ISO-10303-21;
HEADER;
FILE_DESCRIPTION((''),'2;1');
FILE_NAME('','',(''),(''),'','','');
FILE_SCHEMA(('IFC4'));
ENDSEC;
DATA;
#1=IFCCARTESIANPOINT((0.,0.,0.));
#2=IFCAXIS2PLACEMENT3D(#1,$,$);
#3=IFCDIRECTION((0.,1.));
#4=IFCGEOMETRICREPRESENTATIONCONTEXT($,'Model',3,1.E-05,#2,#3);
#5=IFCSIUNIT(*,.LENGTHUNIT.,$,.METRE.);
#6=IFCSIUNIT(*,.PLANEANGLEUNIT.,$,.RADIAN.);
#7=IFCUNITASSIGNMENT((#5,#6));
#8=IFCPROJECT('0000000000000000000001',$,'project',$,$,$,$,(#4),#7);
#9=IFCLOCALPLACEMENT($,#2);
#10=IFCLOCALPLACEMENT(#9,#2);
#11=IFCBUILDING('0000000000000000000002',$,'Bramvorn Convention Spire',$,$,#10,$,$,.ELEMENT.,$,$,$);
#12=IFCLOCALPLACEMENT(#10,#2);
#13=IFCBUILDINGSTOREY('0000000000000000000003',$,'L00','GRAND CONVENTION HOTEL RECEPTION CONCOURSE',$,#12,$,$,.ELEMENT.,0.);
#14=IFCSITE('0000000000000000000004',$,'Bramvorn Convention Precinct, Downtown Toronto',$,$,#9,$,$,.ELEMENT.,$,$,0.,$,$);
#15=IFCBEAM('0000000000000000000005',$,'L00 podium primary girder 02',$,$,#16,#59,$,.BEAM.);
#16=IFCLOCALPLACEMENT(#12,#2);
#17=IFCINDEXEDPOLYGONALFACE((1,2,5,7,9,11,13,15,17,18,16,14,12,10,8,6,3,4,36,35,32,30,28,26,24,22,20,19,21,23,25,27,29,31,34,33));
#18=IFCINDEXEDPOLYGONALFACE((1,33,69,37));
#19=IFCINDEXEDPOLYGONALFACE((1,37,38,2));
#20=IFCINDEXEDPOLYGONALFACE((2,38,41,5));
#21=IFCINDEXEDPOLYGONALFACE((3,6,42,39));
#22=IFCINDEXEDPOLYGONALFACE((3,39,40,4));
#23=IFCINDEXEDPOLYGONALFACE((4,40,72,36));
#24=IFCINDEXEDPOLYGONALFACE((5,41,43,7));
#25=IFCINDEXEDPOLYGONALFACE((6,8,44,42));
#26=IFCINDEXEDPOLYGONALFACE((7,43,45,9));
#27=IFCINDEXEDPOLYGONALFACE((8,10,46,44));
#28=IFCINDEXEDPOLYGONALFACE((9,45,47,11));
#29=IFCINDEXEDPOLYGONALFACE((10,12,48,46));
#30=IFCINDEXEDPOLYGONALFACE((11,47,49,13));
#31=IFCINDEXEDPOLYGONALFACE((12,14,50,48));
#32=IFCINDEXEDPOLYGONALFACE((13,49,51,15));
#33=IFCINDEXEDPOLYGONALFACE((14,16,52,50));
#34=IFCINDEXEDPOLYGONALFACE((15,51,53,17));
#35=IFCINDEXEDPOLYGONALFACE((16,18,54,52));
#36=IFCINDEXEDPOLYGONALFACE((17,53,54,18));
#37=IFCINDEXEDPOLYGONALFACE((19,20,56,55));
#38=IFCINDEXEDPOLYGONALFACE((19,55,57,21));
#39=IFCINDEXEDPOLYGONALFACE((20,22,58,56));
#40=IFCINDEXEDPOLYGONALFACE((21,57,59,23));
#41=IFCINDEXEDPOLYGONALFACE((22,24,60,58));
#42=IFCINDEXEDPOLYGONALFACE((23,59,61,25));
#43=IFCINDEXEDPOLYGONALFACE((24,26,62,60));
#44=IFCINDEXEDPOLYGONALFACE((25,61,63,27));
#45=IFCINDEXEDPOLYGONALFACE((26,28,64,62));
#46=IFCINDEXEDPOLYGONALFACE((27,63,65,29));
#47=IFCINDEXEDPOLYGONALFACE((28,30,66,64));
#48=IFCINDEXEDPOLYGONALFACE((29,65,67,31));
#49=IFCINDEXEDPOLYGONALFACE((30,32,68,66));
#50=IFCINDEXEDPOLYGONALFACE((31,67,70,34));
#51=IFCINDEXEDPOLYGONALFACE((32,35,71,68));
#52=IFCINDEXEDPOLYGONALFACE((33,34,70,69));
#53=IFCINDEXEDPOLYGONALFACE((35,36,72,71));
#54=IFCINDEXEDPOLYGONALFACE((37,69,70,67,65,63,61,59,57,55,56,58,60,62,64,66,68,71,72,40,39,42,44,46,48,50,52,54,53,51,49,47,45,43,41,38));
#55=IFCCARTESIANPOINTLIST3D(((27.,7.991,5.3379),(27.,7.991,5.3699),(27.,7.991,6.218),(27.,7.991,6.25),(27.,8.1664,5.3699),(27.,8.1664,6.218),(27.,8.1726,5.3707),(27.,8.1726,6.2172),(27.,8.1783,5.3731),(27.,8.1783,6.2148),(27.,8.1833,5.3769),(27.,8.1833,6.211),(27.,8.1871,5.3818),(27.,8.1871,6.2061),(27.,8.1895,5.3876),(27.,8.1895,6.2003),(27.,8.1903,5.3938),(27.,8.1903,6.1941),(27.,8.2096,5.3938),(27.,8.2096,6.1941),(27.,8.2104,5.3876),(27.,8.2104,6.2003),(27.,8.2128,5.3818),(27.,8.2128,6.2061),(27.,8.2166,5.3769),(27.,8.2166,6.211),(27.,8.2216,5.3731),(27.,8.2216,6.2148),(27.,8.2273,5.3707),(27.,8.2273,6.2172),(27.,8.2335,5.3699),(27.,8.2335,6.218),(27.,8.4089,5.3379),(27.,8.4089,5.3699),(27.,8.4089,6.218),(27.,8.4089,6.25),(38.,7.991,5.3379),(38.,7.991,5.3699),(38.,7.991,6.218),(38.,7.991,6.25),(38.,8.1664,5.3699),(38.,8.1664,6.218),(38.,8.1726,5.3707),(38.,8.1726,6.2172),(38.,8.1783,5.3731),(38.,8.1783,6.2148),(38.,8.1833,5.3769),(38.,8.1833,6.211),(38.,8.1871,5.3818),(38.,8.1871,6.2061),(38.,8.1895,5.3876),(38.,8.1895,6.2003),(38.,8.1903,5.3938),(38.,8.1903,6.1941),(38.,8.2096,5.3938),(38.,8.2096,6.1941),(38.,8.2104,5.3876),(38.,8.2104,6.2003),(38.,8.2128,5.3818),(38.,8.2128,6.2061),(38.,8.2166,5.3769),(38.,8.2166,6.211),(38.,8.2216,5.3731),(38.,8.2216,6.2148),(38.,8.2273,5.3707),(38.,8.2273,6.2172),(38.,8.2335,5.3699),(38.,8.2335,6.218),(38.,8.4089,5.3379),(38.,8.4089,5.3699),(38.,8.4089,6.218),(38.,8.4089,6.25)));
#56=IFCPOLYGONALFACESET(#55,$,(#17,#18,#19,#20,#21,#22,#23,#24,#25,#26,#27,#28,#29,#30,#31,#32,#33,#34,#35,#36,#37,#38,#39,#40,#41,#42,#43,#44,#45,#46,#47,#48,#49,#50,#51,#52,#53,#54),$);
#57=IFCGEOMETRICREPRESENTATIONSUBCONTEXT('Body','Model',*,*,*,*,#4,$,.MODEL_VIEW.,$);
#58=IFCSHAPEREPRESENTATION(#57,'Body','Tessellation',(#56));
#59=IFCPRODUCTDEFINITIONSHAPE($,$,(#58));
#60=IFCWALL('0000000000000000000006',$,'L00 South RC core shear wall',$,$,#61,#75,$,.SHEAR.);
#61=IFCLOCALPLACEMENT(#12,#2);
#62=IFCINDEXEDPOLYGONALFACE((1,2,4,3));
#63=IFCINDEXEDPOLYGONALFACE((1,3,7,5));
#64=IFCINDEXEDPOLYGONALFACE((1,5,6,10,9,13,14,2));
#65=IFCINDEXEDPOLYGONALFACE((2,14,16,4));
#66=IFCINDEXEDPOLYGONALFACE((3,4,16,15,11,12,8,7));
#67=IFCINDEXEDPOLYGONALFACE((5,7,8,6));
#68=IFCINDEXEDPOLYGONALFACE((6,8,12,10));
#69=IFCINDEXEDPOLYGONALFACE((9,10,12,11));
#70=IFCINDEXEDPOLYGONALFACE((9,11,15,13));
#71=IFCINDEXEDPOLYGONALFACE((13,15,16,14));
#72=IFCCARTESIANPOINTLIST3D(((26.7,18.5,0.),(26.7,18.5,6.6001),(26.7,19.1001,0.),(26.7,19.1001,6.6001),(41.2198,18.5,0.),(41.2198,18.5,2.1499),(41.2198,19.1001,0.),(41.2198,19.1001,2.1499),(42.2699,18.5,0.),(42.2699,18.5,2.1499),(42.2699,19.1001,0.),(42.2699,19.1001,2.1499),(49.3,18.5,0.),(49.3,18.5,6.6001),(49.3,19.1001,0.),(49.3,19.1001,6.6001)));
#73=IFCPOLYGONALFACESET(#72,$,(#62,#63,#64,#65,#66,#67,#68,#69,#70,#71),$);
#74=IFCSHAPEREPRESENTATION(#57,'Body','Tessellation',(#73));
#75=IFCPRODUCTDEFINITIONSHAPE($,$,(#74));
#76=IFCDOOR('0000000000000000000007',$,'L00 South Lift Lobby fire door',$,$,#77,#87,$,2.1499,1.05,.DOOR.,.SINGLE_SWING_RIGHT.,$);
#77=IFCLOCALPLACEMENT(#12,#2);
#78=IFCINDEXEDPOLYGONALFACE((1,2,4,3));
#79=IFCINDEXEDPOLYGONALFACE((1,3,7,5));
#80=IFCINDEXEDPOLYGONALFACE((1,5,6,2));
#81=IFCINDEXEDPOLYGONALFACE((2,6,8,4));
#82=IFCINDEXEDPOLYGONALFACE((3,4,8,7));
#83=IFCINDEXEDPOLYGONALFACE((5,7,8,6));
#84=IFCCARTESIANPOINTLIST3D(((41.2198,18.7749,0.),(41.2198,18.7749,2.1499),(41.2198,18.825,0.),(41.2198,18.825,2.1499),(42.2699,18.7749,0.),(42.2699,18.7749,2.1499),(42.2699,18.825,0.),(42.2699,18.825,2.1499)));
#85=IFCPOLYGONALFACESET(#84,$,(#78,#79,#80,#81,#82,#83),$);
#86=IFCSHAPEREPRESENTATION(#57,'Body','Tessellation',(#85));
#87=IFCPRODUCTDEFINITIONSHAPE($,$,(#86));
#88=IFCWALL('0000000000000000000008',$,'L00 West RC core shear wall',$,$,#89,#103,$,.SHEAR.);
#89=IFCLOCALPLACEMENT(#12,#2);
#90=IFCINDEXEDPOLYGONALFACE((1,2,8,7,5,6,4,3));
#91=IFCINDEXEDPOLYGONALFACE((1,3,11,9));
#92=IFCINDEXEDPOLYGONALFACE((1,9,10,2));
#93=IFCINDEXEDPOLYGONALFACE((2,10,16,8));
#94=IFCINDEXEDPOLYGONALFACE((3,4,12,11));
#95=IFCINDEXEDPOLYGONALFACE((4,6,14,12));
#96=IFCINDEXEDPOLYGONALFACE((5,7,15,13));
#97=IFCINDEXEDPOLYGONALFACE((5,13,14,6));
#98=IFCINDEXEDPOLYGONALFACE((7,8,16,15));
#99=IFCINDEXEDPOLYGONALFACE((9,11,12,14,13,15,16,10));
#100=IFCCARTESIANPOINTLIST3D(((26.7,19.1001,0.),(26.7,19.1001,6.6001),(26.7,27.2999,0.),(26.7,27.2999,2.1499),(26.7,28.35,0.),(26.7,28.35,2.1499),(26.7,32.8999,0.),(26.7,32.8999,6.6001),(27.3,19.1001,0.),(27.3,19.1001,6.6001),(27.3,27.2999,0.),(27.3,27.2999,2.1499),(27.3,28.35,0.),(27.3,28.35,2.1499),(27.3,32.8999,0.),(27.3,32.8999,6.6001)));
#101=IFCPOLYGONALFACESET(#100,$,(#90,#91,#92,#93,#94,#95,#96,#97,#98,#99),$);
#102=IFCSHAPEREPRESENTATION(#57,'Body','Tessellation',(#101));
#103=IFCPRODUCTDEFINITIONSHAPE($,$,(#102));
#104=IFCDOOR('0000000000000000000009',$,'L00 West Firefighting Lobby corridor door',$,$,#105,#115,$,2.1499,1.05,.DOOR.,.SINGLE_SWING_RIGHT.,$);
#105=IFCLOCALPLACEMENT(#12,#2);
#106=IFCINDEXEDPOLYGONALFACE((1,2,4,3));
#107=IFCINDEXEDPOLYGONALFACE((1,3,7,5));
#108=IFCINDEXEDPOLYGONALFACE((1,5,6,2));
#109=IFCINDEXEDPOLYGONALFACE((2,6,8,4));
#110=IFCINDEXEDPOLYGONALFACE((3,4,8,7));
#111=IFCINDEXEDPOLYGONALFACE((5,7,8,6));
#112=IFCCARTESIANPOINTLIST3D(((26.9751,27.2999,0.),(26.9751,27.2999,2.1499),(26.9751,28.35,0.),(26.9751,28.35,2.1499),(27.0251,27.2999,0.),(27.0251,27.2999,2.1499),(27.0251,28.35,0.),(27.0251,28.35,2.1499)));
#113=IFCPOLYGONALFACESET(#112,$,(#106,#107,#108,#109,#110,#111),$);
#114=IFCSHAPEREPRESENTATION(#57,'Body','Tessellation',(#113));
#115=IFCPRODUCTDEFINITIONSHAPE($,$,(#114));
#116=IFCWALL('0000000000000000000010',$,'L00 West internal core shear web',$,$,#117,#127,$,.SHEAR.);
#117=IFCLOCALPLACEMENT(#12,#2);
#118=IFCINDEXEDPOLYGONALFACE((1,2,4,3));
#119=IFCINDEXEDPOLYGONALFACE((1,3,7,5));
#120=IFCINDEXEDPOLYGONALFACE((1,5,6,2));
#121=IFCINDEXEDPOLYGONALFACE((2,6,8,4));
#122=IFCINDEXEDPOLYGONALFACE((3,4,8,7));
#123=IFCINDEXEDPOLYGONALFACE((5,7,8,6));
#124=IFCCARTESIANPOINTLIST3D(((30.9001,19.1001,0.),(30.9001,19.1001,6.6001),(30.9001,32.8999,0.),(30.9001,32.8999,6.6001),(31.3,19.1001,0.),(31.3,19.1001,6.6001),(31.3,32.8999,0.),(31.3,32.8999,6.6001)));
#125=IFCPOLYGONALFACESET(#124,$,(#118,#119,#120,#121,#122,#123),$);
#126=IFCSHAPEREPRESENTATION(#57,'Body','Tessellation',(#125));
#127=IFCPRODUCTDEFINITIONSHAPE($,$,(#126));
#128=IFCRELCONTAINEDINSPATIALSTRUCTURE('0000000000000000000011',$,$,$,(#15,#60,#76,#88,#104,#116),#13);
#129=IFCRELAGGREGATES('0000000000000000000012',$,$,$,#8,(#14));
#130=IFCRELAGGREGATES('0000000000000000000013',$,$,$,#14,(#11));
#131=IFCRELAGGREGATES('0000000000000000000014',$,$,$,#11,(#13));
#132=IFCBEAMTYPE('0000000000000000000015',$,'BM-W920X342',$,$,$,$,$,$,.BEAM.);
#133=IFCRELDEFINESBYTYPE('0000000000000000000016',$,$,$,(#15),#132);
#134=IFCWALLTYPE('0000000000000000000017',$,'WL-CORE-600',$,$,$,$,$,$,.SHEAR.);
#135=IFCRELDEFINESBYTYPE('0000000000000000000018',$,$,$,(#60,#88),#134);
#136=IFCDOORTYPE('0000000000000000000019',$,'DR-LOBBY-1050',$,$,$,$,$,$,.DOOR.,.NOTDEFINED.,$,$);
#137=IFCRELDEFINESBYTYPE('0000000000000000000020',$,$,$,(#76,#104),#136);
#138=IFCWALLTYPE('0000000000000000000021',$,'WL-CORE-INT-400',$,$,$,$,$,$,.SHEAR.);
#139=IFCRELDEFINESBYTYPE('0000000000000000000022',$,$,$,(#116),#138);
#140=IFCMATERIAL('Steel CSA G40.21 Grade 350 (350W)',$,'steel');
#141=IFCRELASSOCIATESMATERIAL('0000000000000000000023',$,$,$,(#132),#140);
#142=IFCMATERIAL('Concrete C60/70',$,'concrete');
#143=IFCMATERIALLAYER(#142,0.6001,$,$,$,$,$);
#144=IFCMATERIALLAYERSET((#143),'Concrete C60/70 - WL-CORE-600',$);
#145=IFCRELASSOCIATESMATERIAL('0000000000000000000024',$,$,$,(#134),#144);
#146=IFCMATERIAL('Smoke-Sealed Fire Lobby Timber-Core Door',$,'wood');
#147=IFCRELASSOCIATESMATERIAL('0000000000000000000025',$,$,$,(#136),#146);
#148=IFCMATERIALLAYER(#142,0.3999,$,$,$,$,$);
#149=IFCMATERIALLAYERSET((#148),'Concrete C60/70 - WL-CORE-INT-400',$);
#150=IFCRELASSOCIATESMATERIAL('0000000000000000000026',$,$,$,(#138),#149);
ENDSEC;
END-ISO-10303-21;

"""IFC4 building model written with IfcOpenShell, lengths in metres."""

from ifc_helpers import new_model, si_unit, direction, frame, frame_2d, origin, origin_2d, place, context, subcontext, project, spatial, rectangle, i_section, extrude, material, layer, layer_set, material_profile, profile_set, type_object, element, fill, save


model = new_model("IFC4")

# Units and contexts
model_context = context("Model", 3, precision=1e-05, world=origin(), true_north=direction((0.0, 1.0)))
body_context = subcontext(model_context, "Body", "Model", "MODEL_VIEW")
ifc_project = project(units=[si_unit("LENGTHUNIT", "METRE"), si_unit("PLANEANGLEUNIT", "RADIAN")], contexts=[model_context])

# Site, building, storey
site_placement = place(None, origin())
site = spatial("IfcSite", under=ifc_project, at=site_placement, Name="Bramvorn Convention Precinct, Downtown Toronto", CompositionType="ELEMENT", RefElevation=0.0)
building_placement = place(site_placement, origin())
building = spatial("IfcBuilding", under=site, at=building_placement, Name="Bramvorn Convention Spire", CompositionType="ELEMENT")
storey_placement = place(building_placement, origin())
storey = spatial("IfcBuildingStorey", under=building, at=storey_placement, Name="L00", Description="GRAND CONVENTION HOTEL RECEPTION CONCOURSE", CompositionType="ELEMENT", Elevation=0.0)

# Shared definitions
ifc_material_1 = material(Name="Steel CSA G40.21 Grade 350 (350W)", Category="steel")

# Beam
ifc_material_profile_1 = material_profile(ifc_material_1, i_section(OverallWidth=0.418, OverallDepth=0.9121, WebThickness=0.0193, FlangeThickness=0.032, FilletRadius=0.0239, at=origin_2d()))
ifc_profile_set_1 = profile_set([ifc_material_profile_1], Name="Steel CSA G40.21 Grade 350 (350W) - W920X342")
beam_type_1 = type_object("IfcBeamType", Name="BM-W920X342", PredefinedType="BEAM", material=ifc_profile_set_1)
beam_1_placement = place(storey_placement, frame((27.0, 8.2, 5.7939), z_axis=(1.0, 0.0, 0.0), x_axis=(0.0, 1.0, 0.0)))
element("IfcBeam", 1, at=beam_1_placement, inside=storey, type_object=beam_type_1, Name="L00 podium primary girder 02", PredefinedType="BEAM", context=body_context, shape_type="SweptSolid", body=[
    extrude(i_section(OverallWidth=0.418, OverallDepth=0.9121, WebThickness=0.0193, FlangeThickness=0.032, FilletRadius=0.0239, at=origin_2d()), origin(), (0.0, 0.0, 1.0), 11.0),
])

# Walls, openings, doors
ifc_material_2 = material(Name="Concrete C60/70", Category="concrete")
ifc_layer_1 = layer(ifc_material_2, 0.6001)
ifc_layer_set_1 = layer_set([ifc_layer_1], Name="Concrete C60/70 - WL-CORE-600")
wall_type_1 = type_object("IfcWallType", Name="WL-CORE-600", PredefinedType="SHEAR", material=ifc_layer_set_1)
wall_1_placement = place(storey_placement, frame((26.7, 18.8, 0.0), z_axis=(0.0, 0.0, 1.0), x_axis=(1.0, 0.0, 0.0)))
wall_1 = element("IfcWall", 2, at=wall_1_placement, inside=storey, type_object=wall_type_1, Name="L00 South RC core shear wall", PredefinedType="SHEAR", context=body_context, shape_type="SweptSolid", body=[
    extrude(rectangle(XDim=22.6001, YDim=0.6001, at=frame_2d((11.3, 0.0))), origin(), (0.0, 0.0, 1.0), 6.6001),
])
opening_1_placement = place(wall_1_placement, frame((14.52, 0.0, 0.0)))
opening_1 = element("IfcOpeningElement", 3, at=opening_1_placement, cuts=wall_1, PredefinedType="OPENING", context=body_context, shape_type="SweptSolid", body=[
    extrude(rectangle(XDim=1.05, YDim=2.1499, at=frame_2d((0.5249, 1.075))), frame((0.0, 0.3101, 0.0), z_axis=(0.0, -1.0, 0.0), x_axis=(1.0, 0.0, 0.0)), (0.0, 0.0, 1.0), 0.6201),
])
ifc_material_3 = material(Name="Smoke-Sealed Fire Lobby Timber-Core Door", Category="wood")
door_type_1 = type_object("IfcDoorType", Name="DR-LOBBY-1050", OperationType="NOTDEFINED", PredefinedType="DOOR", material=ifc_material_3)
door_1_placement = place(opening_1_placement, origin())
door_1 = element("IfcDoor", 4, at=door_1_placement, inside=storey, type_object=door_type_1, Name="L00 South Lift Lobby fire door", OperationType="SINGLE_SWING_RIGHT", OverallHeight=2.1499, OverallWidth=1.05, PredefinedType="DOOR", context=body_context, shape_type="SweptSolid", body=[
    extrude(rectangle(XDim=1.05, YDim=2.1499, at=frame_2d((0.5249, 1.075))), frame((0.0, 0.0249, 0.0), z_axis=(0.0, -1.0, 0.0), x_axis=(1.0, 0.0, 0.0)), (0.0, 0.0, 1.0), 0.05),
])
fill(opening_1, door_1)
wall_2_placement = place(storey_placement, frame((27.0, 19.1001, 0.0), z_axis=(0.0, 0.0, 1.0), x_axis=(0.0, 1.0, 0.0)))
wall_2 = element("IfcWall", 5, at=wall_2_placement, inside=storey, type_object=wall_type_1, Name="L00 West RC core shear wall", PredefinedType="SHEAR", context=body_context, shape_type="SweptSolid", body=[
    extrude(rectangle(XDim=13.7998, YDim=0.6001, at=frame_2d((6.8999, 0.0))), origin(), (0.0, 0.0, 1.0), 6.6001),
])
opening_2_placement = place(wall_2_placement, frame((8.2, 0.0, 0.0)))
opening_2 = element("IfcOpeningElement", 6, at=opening_2_placement, cuts=wall_2, PredefinedType="OPENING", context=body_context, shape_type="SweptSolid", body=[
    extrude(rectangle(XDim=1.05, YDim=2.1499, at=frame_2d((0.5249, 1.075))), frame((0.0, 0.3101, 0.0), z_axis=(0.0, -1.0, 0.0), x_axis=(1.0, 0.0, 0.0)), (0.0, 0.0, 1.0), 0.6201),
])
door_2_placement = place(opening_2_placement, origin())
door_2 = element("IfcDoor", 7, at=door_2_placement, inside=storey, type_object=door_type_1, Name="L00 West Firefighting Lobby corridor door", OperationType="SINGLE_SWING_RIGHT", OverallHeight=2.1499, OverallWidth=1.05, PredefinedType="DOOR", context=body_context, shape_type="SweptSolid", body=[
    extrude(rectangle(XDim=1.05, YDim=2.1499, at=frame_2d((0.5249, 1.075))), frame((0.0, 0.0249, 0.0), z_axis=(0.0, -1.0, 0.0), x_axis=(1.0, 0.0, 0.0)), (0.0, 0.0, 1.0), 0.05),
])
fill(opening_2, door_2)

# Wall
ifc_layer_2 = layer(ifc_material_2, 0.3999)
ifc_layer_set_2 = layer_set([ifc_layer_2], Name="Concrete C60/70 - WL-CORE-INT-400")
wall_type_2 = type_object("IfcWallType", Name="WL-CORE-INT-400", PredefinedType="SHEAR", material=ifc_layer_set_2)
wall_3_placement = place(storey_placement, frame((31.1001, 19.1001, 0.0), z_axis=(0.0, 0.0, 1.0), x_axis=(0.0, 1.0, 0.0)))
element("IfcWall", 8, at=wall_3_placement, inside=storey, type_object=wall_type_2, Name="L00 West internal core shear web", PredefinedType="SHEAR", context=body_context, shape_type="SweptSolid", body=[
    extrude(rectangle(XDim=13.7998, YDim=0.3999, at=frame_2d((6.8999, 0.0))), origin(), (0.0, 0.0, 1.0), 6.6001),
])

save(model, "model.ifc")
